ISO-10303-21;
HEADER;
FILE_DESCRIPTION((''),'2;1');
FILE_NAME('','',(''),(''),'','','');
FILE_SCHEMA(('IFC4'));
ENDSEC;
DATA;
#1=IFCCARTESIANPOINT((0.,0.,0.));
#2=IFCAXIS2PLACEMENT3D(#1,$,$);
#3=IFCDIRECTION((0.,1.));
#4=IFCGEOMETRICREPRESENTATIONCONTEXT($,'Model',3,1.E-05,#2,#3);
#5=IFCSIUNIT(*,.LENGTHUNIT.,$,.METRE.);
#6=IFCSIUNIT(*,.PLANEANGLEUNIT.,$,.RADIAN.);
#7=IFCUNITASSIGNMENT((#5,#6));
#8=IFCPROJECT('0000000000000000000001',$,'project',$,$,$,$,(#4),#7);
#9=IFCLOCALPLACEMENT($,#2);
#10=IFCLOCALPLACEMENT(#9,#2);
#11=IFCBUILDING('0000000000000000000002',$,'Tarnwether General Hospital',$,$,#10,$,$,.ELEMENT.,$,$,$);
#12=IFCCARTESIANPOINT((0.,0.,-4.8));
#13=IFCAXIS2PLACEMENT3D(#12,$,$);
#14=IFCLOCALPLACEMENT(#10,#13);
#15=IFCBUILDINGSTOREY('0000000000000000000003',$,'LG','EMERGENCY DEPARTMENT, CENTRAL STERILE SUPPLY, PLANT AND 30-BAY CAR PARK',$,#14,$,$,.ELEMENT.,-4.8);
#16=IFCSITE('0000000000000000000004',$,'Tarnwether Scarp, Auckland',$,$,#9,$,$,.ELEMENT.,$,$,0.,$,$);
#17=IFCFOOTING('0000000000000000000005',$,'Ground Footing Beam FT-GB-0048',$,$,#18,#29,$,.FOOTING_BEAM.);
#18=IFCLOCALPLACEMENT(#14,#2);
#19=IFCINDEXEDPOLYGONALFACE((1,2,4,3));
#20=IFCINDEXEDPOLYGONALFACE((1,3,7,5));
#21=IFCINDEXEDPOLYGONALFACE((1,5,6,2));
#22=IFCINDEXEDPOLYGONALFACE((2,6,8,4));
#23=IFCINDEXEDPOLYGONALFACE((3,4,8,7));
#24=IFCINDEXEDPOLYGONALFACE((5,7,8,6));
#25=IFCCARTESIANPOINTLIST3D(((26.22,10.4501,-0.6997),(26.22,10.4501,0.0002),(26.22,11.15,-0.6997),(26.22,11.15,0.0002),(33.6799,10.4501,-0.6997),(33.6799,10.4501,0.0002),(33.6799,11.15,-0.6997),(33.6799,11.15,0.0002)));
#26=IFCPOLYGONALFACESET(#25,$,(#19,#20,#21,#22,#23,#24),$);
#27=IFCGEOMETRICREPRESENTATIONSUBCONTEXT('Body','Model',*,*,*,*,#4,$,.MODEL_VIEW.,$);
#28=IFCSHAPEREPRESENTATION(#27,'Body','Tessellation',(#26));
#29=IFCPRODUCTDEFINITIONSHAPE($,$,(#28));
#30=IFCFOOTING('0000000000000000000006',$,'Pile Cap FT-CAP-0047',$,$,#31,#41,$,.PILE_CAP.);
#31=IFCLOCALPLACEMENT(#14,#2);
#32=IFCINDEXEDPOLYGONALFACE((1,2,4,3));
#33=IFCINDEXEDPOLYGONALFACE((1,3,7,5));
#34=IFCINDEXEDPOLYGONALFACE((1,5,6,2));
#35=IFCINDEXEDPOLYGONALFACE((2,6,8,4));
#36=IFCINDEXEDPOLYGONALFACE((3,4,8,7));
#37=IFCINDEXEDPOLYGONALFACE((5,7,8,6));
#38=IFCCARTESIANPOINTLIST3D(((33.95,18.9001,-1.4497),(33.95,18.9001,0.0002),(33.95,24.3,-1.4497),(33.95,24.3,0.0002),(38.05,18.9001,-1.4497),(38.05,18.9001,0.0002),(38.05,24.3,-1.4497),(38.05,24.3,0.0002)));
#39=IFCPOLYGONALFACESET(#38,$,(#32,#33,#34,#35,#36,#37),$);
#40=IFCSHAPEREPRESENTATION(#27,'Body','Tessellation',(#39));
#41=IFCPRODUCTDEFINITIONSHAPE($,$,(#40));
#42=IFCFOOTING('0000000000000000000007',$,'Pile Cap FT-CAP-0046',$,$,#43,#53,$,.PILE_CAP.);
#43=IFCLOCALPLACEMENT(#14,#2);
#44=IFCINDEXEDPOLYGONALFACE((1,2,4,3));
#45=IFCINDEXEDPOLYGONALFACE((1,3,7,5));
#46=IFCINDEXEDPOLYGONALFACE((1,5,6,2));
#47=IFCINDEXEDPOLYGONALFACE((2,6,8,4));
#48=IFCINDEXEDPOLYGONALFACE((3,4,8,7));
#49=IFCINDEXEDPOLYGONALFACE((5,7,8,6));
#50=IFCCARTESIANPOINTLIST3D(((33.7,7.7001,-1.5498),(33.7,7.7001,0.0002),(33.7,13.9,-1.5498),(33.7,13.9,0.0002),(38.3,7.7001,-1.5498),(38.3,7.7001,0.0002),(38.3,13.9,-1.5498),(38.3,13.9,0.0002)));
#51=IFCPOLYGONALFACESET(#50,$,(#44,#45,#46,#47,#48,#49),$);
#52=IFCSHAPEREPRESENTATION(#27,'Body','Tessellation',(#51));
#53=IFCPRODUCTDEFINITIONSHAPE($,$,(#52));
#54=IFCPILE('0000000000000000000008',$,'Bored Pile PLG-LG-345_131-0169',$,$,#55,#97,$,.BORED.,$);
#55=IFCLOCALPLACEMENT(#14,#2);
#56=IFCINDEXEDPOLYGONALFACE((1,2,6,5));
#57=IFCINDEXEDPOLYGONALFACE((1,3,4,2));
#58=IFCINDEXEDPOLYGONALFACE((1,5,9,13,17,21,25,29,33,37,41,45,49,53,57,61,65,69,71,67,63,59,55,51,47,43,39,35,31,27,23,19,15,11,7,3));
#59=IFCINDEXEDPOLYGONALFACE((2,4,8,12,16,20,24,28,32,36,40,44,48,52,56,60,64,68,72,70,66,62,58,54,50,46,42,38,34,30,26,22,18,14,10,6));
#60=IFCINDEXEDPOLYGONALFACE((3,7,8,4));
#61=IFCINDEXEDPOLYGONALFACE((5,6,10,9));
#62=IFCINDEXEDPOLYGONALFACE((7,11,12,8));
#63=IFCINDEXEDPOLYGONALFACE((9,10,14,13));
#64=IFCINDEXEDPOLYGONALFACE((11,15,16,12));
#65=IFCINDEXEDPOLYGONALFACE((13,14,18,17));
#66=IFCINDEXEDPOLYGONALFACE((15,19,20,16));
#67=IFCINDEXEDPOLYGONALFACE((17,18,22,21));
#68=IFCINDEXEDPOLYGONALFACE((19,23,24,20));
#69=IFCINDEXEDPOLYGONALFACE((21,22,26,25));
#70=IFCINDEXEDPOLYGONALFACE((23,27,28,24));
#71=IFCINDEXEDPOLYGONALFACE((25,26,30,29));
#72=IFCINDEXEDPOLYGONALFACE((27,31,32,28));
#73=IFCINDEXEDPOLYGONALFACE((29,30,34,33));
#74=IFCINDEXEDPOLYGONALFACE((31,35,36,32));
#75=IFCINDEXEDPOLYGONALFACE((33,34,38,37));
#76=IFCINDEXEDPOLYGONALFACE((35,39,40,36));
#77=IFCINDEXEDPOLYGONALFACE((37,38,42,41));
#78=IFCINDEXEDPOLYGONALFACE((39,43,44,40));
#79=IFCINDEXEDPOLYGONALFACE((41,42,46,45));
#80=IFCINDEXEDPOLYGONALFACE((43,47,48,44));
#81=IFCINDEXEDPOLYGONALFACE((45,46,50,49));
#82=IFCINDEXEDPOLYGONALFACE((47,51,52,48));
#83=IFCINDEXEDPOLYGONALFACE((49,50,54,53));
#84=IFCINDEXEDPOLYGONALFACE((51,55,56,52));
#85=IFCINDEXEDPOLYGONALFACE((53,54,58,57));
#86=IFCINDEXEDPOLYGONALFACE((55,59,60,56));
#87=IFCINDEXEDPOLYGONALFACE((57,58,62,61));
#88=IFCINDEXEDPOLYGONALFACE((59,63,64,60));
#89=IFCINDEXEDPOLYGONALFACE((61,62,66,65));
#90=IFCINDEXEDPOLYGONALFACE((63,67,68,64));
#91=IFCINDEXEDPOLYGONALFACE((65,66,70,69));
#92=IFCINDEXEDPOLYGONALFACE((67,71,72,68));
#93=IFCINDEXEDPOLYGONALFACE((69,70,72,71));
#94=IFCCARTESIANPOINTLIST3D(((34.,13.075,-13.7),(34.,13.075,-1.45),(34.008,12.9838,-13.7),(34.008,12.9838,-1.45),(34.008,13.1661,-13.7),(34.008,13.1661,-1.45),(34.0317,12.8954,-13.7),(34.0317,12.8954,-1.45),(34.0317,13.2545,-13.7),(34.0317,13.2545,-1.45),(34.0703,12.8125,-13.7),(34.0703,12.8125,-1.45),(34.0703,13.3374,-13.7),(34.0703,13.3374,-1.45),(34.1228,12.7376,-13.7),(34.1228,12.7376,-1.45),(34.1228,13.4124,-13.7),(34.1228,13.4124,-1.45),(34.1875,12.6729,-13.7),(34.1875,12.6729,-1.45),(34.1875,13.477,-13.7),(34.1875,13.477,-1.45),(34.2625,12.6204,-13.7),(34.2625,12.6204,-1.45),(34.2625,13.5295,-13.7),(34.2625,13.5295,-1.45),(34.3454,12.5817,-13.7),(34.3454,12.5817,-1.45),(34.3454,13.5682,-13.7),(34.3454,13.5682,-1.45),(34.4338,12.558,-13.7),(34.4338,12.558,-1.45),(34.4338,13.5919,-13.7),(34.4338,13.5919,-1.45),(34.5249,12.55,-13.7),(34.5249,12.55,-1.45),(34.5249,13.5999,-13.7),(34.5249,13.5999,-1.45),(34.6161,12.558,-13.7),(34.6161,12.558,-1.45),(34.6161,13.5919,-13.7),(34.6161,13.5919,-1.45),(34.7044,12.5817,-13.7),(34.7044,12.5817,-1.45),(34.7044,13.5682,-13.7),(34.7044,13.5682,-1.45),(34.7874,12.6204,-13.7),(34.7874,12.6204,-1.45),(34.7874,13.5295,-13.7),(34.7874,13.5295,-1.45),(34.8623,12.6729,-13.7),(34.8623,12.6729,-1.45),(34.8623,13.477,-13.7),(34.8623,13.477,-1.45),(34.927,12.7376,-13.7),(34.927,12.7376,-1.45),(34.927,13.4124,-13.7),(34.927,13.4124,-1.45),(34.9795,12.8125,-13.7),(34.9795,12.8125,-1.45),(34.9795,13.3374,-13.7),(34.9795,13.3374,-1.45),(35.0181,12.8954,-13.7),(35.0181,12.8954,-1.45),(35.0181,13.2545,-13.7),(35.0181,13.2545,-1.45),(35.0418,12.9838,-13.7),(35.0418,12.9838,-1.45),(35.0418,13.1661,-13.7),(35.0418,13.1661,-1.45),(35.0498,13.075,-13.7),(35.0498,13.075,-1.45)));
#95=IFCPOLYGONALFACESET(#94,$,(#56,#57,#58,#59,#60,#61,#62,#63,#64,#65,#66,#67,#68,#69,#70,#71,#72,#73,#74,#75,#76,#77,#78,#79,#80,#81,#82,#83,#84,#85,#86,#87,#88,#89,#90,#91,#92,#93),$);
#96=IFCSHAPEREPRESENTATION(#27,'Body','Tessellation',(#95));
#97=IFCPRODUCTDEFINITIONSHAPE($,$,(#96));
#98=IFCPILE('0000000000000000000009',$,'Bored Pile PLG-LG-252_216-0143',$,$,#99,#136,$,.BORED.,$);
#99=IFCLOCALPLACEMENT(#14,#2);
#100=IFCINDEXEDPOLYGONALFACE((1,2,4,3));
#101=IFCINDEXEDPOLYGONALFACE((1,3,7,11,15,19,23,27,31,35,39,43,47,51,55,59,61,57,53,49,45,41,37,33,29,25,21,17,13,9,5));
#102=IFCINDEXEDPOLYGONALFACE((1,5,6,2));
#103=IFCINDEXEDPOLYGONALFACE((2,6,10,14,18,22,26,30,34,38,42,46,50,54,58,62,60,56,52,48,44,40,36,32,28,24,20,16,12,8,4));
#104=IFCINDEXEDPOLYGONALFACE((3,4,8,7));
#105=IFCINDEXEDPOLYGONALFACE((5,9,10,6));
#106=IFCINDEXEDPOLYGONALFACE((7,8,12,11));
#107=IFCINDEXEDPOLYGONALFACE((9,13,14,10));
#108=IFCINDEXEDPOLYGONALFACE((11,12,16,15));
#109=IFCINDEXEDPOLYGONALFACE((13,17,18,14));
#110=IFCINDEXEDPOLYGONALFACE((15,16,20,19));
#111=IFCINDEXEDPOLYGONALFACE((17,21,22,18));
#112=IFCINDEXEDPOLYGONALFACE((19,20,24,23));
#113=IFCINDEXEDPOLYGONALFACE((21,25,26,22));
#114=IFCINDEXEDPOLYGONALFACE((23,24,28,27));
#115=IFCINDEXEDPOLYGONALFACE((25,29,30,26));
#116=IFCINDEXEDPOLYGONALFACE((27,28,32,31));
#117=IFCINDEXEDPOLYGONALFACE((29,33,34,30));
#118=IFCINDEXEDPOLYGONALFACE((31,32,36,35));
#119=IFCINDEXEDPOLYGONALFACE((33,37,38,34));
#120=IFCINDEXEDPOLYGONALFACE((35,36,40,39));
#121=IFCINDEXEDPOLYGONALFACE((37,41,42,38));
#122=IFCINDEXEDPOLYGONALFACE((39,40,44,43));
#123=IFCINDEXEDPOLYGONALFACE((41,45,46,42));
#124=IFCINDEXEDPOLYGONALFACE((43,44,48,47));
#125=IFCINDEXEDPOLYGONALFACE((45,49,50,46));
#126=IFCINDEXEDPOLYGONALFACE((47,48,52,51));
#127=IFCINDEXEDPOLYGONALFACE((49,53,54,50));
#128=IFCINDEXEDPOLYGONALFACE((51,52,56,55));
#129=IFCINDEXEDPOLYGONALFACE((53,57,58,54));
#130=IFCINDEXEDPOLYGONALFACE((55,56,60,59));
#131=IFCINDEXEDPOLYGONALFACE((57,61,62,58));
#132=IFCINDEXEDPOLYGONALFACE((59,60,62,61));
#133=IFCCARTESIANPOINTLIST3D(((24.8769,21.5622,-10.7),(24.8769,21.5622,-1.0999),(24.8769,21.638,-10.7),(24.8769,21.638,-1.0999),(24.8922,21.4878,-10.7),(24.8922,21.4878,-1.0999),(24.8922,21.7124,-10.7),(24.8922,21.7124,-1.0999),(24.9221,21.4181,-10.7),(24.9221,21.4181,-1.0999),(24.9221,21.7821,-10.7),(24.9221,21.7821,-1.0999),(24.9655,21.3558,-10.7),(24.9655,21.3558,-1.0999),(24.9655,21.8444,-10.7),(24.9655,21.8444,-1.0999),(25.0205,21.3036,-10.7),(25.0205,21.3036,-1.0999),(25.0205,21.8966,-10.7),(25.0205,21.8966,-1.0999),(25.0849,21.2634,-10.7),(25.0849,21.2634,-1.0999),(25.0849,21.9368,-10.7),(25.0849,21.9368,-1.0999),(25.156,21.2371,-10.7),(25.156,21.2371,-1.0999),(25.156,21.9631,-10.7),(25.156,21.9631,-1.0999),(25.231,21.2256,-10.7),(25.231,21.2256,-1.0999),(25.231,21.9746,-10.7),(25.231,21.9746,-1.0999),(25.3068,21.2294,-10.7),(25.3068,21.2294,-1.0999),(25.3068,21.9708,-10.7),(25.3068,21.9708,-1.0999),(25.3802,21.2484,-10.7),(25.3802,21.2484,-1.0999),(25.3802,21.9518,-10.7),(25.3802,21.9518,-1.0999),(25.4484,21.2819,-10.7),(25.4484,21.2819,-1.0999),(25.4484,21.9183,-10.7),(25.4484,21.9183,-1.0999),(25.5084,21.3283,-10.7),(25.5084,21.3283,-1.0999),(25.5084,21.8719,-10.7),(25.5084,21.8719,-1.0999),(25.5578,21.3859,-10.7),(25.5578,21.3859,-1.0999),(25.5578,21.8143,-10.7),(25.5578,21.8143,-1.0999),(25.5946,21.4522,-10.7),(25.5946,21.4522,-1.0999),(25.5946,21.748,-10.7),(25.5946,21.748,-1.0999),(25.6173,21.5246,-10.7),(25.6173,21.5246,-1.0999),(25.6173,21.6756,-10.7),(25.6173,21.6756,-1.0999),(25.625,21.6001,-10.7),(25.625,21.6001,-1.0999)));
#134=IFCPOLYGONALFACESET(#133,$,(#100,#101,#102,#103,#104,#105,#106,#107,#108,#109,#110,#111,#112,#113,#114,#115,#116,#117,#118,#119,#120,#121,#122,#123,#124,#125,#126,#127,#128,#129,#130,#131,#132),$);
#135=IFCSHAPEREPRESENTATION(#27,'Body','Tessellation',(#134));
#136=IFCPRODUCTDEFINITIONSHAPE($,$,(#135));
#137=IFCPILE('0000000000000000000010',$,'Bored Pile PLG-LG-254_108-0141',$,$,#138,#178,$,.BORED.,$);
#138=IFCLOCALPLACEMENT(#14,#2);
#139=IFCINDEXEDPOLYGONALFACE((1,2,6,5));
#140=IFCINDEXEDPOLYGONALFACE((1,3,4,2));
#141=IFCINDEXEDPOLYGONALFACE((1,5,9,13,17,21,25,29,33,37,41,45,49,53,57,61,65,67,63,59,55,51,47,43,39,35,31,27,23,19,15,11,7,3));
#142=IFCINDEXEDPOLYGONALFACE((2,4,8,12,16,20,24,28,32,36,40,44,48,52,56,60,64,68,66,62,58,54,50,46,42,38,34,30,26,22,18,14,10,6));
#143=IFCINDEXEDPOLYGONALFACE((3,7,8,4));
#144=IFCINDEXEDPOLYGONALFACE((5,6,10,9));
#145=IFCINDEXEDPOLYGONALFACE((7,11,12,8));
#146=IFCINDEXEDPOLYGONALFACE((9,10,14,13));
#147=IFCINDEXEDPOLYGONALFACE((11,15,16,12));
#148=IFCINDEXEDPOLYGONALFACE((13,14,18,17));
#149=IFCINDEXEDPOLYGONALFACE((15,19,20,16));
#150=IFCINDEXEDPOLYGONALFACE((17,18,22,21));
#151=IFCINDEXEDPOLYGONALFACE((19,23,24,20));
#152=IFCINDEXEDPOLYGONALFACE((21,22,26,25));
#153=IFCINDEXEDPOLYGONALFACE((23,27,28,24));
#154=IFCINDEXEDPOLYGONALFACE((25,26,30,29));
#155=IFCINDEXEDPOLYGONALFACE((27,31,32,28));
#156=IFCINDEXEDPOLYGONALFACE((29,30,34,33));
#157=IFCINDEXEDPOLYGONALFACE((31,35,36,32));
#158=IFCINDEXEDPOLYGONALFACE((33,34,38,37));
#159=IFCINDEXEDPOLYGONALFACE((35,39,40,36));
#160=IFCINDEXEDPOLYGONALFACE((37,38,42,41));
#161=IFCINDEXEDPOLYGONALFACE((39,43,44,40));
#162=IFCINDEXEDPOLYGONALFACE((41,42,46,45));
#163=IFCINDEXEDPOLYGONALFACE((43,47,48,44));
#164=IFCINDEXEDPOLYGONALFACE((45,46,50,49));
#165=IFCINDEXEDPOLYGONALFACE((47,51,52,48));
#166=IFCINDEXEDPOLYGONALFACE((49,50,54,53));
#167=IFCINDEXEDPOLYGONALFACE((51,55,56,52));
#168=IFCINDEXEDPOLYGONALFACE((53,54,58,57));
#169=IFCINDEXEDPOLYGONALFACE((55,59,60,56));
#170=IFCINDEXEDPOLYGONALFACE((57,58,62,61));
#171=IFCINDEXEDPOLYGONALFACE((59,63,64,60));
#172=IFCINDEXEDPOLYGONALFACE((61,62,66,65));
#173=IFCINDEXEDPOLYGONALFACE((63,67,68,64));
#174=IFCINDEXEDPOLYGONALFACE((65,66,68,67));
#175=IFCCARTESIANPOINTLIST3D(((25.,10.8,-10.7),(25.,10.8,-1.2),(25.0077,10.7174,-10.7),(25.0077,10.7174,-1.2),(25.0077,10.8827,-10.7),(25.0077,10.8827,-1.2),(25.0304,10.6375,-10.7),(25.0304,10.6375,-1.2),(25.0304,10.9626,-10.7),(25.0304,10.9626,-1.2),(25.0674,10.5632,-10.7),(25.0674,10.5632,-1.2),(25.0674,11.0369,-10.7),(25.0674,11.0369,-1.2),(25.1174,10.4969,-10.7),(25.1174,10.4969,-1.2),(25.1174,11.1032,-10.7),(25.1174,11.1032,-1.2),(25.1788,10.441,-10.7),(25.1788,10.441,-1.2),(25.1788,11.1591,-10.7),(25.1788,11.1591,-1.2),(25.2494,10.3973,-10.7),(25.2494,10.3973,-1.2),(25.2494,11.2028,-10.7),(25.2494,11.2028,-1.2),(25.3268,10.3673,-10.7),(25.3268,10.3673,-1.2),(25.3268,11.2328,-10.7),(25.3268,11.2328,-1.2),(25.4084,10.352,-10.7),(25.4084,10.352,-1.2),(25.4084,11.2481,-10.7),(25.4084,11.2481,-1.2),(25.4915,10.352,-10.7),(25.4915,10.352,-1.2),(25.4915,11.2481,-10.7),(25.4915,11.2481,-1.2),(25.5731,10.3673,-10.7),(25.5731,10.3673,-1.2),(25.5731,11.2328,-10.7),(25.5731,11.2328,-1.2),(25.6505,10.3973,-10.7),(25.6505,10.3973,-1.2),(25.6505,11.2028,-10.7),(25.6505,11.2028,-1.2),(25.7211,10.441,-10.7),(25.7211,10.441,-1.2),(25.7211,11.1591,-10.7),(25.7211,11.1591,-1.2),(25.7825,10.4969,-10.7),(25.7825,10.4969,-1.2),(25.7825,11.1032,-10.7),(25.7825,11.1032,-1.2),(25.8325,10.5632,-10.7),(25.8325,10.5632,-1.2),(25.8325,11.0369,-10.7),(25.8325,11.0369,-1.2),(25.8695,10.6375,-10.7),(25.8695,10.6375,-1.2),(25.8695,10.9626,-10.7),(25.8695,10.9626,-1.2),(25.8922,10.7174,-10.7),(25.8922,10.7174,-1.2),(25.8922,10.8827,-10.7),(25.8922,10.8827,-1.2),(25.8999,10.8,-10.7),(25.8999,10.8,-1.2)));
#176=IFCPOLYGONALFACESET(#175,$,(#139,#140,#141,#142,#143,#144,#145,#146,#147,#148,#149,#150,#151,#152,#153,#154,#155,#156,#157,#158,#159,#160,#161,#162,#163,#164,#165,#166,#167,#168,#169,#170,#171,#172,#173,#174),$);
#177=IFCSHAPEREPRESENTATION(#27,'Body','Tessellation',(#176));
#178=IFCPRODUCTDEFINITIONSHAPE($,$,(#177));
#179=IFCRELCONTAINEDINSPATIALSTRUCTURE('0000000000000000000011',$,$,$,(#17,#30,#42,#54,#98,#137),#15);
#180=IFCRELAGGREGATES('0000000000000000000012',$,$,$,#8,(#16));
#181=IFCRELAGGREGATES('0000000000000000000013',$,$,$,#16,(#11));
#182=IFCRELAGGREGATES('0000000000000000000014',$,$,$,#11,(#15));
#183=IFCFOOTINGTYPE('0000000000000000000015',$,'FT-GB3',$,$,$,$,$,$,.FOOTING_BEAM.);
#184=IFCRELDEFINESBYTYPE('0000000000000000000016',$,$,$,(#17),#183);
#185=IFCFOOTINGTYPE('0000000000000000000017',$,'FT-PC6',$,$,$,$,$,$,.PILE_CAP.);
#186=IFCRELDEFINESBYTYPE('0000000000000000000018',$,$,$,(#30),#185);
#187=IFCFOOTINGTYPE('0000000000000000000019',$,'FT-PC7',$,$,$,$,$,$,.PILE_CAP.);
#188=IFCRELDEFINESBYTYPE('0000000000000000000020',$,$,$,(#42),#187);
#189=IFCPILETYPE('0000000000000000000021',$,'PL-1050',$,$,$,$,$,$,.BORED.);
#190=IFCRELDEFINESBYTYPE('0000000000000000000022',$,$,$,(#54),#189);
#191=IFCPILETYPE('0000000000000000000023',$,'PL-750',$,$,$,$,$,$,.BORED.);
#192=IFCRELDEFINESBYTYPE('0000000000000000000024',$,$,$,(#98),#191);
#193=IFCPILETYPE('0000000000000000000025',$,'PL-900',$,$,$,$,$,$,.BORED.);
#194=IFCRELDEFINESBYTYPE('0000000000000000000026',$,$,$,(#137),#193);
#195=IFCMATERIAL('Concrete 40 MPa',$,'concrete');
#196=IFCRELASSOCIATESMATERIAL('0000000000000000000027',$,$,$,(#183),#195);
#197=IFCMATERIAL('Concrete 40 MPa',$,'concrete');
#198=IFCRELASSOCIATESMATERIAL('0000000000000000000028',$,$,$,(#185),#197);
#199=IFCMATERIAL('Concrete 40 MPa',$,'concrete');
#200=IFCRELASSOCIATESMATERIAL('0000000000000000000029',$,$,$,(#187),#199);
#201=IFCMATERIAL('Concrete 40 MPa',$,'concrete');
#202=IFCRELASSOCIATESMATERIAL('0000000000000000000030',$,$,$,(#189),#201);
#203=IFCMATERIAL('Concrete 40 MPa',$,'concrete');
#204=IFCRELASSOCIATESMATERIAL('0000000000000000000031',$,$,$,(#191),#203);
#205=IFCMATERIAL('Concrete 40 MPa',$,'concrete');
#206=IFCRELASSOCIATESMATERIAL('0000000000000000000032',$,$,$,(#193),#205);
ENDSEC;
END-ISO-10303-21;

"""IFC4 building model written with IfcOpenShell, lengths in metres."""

from ifc_helpers import new_model, si_unit, direction, frame, origin, origin_2d, place, context, subcontext, project, spatial, rectangle, circle, extrude, material, material_profile, profile_set, type_object, element, save


model = new_model("IFC4")

# Units and contexts
model_context = context("Model", 3, precision=1e-05, world=origin(), true_north=direction((0.0, 1.0)))
body_context = subcontext(model_context, "Body", "Model", "MODEL_VIEW")
ifc_project = project(units=[si_unit("LENGTHUNIT", "METRE"), si_unit("PLANEANGLEUNIT", "RADIAN")], contexts=[model_context])

# Site, building, storey
site_placement = place(None, origin())
site = spatial("IfcSite", under=ifc_project, at=site_placement, Name="Tarnwether Scarp, Auckland", CompositionType="ELEMENT", RefElevation=0.0)
building_placement = place(site_placement, origin())
building = spatial("IfcBuilding", under=site, at=building_placement, Name="Tarnwether General Hospital", CompositionType="ELEMENT")
storey_placement = place(building_placement, frame((0.0, 0.0, -4.8)))
storey = spatial("IfcBuildingStorey", under=building, at=storey_placement, Name="LG", Description="EMERGENCY DEPARTMENT, CENTRAL STERILE SUPPLY, PLANT AND 30-BAY CAR PARK", CompositionType="ELEMENT", Elevation=-4.8)

# Footings
ifc_material_1 = material(Name="Concrete 40 MPa", Category="concrete")
footing_type_1 = type_object("IfcFootingType", Name="FT-GB3", PredefinedType="FOOTING_BEAM", material=ifc_material_1)
footing_1_placement = place(storey_placement, frame((29.95, 10.8, -0.6997), z_axis=(0.0, 0.0, 1.0), x_axis=(1.0, 0.0, 0.0)))
element("IfcFooting", 1, at=footing_1_placement, inside=storey, type_object=footing_type_1, Name="Ground Footing Beam FT-GB-0048", PredefinedType="FOOTING_BEAM", context=body_context, shape_type="SweptSolid", body=[
    extrude(rectangle(XDim=7.46, YDim=0.7, at=origin_2d()), origin(), (0.0, 0.0, 1.0), 0.7),
])
ifc_material_2 = material(Name="Concrete 40 MPa", Category="concrete")
footing_type_2 = type_object("IfcFootingType", Name="FT-PC6", PredefinedType="PILE_CAP", material=ifc_material_2)
footing_2_placement = place(storey_placement, frame((36.0, 21.6001, -1.4497), z_axis=(0.0, 0.0, 1.0), x_axis=(0.0, 1.0, 0.0)))
element("IfcFooting", 2, at=footing_2_placement, inside=storey, type_object=footing_type_2, Name="Pile Cap FT-CAP-0047", PredefinedType="PILE_CAP", context=body_context, shape_type="SweptSolid", body=[
    extrude(rectangle(XDim=5.3999, YDim=4.1001, at=origin_2d()), origin(), (0.0, 0.0, 1.0), 1.45),
])
ifc_material_3 = material(Name="Concrete 40 MPa", Category="concrete")
footing_type_3 = type_object("IfcFootingType", Name="FT-PC7", PredefinedType="PILE_CAP", material=ifc_material_3)
footing_3_placement = place(storey_placement, frame((36.0, 10.8, -1.5498), z_axis=(0.0, 0.0, 1.0), x_axis=(0.0, 1.0, 0.0)))
element("IfcFooting", 3, at=footing_3_placement, inside=storey, type_object=footing_type_3, Name="Pile Cap FT-CAP-0046", PredefinedType="PILE_CAP", context=body_context, shape_type="SweptSolid", body=[
    extrude(rectangle(XDim=6.2, YDim=4.6001, at=origin_2d()), origin(), (0.0, 0.0, 1.0), 1.55),
])

# Piles
ifc_material_4 = material(Name="Concrete 40 MPa", Category="concrete")
ifc_material_profile_1 = material_profile(ifc_material_4, circle(Radius=0.5249, at=origin_2d()), Name="PILE-D1050")
ifc_profile_set_1 = profile_set([ifc_material_profile_1], Name="Concrete 40 MPa")
pile_type_1 = type_object("IfcPileType", Name="PL-1050", PredefinedType="BORED", material=ifc_profile_set_1)
pile_1_placement = place(storey_placement, frame((34.5249, 13.075, -1.45), z_axis=(0.0, 0.0, -1.0), x_axis=(1.0, 0.0, 0.0)))
element("IfcPile", 4, at=pile_1_placement, inside=storey, type_object=pile_type_1, Name="Bored Pile PLG-LG-345_131-0169", PredefinedType="BORED", context=body_context, shape_type="SweptSolid", body=[
    extrude(circle(Radius=0.5249, at=origin_2d()), origin(), (0.0, 0.0, 1.0), 12.25),
])
ifc_material_5 = material(Name="Concrete 40 MPa", Category="concrete")
ifc_material_profile_2 = material_profile(ifc_material_5, circle(Radius=0.375, at=origin_2d()), Name="PILE-D750")
ifc_profile_set_2 = profile_set([ifc_material_profile_2], Name="Concrete 40 MPa")
pile_type_2 = type_object("IfcPileType", Name="PL-750", PredefinedType="BORED", material=ifc_profile_set_2)
pile_2_placement = place(storey_placement, frame((25.25, 21.6001, -1.0999), z_axis=(0.0, 0.0, -1.0), x_axis=(1.0, 0.0, 0.0)))
element("IfcPile", 5, at=pile_2_placement, inside=storey, type_object=pile_type_2, Name="Bored Pile PLG-LG-252_216-0143", PredefinedType="BORED", context=body_context, shape_type="SweptSolid", body=[
    extrude(circle(Radius=0.375, at=origin_2d()), origin(), (0.0, 0.0, 1.0), 9.6001),
])
ifc_material_6 = material(Name="Concrete 40 MPa", Category="concrete")
ifc_material_profile_3 = material_profile(ifc_material_6, circle(Radius=0.45, at=origin_2d()), Name="PILE-D900")
ifc_profile_set_3 = profile_set([ifc_material_profile_3], Name="Concrete 40 MPa")
pile_type_3 = type_object("IfcPileType", Name="PL-900", PredefinedType="BORED", material=ifc_profile_set_3)
pile_3_placement = place(storey_placement, frame((25.45, 10.8, -1.2), z_axis=(0.0, 0.0, -1.0), x_axis=(1.0, 0.0, 0.0)))
element("IfcPile", 6, at=pile_3_placement, inside=storey, type_object=pile_type_3, Name="Bored Pile PLG-LG-254_108-0141", PredefinedType="BORED", context=body_context, shape_type="SweptSolid", body=[
    extrude(circle(Radius=0.45, at=origin_2d()), origin(), (0.0, 0.0, 1.0), 9.5),
])

save(model, "model.ifc")
